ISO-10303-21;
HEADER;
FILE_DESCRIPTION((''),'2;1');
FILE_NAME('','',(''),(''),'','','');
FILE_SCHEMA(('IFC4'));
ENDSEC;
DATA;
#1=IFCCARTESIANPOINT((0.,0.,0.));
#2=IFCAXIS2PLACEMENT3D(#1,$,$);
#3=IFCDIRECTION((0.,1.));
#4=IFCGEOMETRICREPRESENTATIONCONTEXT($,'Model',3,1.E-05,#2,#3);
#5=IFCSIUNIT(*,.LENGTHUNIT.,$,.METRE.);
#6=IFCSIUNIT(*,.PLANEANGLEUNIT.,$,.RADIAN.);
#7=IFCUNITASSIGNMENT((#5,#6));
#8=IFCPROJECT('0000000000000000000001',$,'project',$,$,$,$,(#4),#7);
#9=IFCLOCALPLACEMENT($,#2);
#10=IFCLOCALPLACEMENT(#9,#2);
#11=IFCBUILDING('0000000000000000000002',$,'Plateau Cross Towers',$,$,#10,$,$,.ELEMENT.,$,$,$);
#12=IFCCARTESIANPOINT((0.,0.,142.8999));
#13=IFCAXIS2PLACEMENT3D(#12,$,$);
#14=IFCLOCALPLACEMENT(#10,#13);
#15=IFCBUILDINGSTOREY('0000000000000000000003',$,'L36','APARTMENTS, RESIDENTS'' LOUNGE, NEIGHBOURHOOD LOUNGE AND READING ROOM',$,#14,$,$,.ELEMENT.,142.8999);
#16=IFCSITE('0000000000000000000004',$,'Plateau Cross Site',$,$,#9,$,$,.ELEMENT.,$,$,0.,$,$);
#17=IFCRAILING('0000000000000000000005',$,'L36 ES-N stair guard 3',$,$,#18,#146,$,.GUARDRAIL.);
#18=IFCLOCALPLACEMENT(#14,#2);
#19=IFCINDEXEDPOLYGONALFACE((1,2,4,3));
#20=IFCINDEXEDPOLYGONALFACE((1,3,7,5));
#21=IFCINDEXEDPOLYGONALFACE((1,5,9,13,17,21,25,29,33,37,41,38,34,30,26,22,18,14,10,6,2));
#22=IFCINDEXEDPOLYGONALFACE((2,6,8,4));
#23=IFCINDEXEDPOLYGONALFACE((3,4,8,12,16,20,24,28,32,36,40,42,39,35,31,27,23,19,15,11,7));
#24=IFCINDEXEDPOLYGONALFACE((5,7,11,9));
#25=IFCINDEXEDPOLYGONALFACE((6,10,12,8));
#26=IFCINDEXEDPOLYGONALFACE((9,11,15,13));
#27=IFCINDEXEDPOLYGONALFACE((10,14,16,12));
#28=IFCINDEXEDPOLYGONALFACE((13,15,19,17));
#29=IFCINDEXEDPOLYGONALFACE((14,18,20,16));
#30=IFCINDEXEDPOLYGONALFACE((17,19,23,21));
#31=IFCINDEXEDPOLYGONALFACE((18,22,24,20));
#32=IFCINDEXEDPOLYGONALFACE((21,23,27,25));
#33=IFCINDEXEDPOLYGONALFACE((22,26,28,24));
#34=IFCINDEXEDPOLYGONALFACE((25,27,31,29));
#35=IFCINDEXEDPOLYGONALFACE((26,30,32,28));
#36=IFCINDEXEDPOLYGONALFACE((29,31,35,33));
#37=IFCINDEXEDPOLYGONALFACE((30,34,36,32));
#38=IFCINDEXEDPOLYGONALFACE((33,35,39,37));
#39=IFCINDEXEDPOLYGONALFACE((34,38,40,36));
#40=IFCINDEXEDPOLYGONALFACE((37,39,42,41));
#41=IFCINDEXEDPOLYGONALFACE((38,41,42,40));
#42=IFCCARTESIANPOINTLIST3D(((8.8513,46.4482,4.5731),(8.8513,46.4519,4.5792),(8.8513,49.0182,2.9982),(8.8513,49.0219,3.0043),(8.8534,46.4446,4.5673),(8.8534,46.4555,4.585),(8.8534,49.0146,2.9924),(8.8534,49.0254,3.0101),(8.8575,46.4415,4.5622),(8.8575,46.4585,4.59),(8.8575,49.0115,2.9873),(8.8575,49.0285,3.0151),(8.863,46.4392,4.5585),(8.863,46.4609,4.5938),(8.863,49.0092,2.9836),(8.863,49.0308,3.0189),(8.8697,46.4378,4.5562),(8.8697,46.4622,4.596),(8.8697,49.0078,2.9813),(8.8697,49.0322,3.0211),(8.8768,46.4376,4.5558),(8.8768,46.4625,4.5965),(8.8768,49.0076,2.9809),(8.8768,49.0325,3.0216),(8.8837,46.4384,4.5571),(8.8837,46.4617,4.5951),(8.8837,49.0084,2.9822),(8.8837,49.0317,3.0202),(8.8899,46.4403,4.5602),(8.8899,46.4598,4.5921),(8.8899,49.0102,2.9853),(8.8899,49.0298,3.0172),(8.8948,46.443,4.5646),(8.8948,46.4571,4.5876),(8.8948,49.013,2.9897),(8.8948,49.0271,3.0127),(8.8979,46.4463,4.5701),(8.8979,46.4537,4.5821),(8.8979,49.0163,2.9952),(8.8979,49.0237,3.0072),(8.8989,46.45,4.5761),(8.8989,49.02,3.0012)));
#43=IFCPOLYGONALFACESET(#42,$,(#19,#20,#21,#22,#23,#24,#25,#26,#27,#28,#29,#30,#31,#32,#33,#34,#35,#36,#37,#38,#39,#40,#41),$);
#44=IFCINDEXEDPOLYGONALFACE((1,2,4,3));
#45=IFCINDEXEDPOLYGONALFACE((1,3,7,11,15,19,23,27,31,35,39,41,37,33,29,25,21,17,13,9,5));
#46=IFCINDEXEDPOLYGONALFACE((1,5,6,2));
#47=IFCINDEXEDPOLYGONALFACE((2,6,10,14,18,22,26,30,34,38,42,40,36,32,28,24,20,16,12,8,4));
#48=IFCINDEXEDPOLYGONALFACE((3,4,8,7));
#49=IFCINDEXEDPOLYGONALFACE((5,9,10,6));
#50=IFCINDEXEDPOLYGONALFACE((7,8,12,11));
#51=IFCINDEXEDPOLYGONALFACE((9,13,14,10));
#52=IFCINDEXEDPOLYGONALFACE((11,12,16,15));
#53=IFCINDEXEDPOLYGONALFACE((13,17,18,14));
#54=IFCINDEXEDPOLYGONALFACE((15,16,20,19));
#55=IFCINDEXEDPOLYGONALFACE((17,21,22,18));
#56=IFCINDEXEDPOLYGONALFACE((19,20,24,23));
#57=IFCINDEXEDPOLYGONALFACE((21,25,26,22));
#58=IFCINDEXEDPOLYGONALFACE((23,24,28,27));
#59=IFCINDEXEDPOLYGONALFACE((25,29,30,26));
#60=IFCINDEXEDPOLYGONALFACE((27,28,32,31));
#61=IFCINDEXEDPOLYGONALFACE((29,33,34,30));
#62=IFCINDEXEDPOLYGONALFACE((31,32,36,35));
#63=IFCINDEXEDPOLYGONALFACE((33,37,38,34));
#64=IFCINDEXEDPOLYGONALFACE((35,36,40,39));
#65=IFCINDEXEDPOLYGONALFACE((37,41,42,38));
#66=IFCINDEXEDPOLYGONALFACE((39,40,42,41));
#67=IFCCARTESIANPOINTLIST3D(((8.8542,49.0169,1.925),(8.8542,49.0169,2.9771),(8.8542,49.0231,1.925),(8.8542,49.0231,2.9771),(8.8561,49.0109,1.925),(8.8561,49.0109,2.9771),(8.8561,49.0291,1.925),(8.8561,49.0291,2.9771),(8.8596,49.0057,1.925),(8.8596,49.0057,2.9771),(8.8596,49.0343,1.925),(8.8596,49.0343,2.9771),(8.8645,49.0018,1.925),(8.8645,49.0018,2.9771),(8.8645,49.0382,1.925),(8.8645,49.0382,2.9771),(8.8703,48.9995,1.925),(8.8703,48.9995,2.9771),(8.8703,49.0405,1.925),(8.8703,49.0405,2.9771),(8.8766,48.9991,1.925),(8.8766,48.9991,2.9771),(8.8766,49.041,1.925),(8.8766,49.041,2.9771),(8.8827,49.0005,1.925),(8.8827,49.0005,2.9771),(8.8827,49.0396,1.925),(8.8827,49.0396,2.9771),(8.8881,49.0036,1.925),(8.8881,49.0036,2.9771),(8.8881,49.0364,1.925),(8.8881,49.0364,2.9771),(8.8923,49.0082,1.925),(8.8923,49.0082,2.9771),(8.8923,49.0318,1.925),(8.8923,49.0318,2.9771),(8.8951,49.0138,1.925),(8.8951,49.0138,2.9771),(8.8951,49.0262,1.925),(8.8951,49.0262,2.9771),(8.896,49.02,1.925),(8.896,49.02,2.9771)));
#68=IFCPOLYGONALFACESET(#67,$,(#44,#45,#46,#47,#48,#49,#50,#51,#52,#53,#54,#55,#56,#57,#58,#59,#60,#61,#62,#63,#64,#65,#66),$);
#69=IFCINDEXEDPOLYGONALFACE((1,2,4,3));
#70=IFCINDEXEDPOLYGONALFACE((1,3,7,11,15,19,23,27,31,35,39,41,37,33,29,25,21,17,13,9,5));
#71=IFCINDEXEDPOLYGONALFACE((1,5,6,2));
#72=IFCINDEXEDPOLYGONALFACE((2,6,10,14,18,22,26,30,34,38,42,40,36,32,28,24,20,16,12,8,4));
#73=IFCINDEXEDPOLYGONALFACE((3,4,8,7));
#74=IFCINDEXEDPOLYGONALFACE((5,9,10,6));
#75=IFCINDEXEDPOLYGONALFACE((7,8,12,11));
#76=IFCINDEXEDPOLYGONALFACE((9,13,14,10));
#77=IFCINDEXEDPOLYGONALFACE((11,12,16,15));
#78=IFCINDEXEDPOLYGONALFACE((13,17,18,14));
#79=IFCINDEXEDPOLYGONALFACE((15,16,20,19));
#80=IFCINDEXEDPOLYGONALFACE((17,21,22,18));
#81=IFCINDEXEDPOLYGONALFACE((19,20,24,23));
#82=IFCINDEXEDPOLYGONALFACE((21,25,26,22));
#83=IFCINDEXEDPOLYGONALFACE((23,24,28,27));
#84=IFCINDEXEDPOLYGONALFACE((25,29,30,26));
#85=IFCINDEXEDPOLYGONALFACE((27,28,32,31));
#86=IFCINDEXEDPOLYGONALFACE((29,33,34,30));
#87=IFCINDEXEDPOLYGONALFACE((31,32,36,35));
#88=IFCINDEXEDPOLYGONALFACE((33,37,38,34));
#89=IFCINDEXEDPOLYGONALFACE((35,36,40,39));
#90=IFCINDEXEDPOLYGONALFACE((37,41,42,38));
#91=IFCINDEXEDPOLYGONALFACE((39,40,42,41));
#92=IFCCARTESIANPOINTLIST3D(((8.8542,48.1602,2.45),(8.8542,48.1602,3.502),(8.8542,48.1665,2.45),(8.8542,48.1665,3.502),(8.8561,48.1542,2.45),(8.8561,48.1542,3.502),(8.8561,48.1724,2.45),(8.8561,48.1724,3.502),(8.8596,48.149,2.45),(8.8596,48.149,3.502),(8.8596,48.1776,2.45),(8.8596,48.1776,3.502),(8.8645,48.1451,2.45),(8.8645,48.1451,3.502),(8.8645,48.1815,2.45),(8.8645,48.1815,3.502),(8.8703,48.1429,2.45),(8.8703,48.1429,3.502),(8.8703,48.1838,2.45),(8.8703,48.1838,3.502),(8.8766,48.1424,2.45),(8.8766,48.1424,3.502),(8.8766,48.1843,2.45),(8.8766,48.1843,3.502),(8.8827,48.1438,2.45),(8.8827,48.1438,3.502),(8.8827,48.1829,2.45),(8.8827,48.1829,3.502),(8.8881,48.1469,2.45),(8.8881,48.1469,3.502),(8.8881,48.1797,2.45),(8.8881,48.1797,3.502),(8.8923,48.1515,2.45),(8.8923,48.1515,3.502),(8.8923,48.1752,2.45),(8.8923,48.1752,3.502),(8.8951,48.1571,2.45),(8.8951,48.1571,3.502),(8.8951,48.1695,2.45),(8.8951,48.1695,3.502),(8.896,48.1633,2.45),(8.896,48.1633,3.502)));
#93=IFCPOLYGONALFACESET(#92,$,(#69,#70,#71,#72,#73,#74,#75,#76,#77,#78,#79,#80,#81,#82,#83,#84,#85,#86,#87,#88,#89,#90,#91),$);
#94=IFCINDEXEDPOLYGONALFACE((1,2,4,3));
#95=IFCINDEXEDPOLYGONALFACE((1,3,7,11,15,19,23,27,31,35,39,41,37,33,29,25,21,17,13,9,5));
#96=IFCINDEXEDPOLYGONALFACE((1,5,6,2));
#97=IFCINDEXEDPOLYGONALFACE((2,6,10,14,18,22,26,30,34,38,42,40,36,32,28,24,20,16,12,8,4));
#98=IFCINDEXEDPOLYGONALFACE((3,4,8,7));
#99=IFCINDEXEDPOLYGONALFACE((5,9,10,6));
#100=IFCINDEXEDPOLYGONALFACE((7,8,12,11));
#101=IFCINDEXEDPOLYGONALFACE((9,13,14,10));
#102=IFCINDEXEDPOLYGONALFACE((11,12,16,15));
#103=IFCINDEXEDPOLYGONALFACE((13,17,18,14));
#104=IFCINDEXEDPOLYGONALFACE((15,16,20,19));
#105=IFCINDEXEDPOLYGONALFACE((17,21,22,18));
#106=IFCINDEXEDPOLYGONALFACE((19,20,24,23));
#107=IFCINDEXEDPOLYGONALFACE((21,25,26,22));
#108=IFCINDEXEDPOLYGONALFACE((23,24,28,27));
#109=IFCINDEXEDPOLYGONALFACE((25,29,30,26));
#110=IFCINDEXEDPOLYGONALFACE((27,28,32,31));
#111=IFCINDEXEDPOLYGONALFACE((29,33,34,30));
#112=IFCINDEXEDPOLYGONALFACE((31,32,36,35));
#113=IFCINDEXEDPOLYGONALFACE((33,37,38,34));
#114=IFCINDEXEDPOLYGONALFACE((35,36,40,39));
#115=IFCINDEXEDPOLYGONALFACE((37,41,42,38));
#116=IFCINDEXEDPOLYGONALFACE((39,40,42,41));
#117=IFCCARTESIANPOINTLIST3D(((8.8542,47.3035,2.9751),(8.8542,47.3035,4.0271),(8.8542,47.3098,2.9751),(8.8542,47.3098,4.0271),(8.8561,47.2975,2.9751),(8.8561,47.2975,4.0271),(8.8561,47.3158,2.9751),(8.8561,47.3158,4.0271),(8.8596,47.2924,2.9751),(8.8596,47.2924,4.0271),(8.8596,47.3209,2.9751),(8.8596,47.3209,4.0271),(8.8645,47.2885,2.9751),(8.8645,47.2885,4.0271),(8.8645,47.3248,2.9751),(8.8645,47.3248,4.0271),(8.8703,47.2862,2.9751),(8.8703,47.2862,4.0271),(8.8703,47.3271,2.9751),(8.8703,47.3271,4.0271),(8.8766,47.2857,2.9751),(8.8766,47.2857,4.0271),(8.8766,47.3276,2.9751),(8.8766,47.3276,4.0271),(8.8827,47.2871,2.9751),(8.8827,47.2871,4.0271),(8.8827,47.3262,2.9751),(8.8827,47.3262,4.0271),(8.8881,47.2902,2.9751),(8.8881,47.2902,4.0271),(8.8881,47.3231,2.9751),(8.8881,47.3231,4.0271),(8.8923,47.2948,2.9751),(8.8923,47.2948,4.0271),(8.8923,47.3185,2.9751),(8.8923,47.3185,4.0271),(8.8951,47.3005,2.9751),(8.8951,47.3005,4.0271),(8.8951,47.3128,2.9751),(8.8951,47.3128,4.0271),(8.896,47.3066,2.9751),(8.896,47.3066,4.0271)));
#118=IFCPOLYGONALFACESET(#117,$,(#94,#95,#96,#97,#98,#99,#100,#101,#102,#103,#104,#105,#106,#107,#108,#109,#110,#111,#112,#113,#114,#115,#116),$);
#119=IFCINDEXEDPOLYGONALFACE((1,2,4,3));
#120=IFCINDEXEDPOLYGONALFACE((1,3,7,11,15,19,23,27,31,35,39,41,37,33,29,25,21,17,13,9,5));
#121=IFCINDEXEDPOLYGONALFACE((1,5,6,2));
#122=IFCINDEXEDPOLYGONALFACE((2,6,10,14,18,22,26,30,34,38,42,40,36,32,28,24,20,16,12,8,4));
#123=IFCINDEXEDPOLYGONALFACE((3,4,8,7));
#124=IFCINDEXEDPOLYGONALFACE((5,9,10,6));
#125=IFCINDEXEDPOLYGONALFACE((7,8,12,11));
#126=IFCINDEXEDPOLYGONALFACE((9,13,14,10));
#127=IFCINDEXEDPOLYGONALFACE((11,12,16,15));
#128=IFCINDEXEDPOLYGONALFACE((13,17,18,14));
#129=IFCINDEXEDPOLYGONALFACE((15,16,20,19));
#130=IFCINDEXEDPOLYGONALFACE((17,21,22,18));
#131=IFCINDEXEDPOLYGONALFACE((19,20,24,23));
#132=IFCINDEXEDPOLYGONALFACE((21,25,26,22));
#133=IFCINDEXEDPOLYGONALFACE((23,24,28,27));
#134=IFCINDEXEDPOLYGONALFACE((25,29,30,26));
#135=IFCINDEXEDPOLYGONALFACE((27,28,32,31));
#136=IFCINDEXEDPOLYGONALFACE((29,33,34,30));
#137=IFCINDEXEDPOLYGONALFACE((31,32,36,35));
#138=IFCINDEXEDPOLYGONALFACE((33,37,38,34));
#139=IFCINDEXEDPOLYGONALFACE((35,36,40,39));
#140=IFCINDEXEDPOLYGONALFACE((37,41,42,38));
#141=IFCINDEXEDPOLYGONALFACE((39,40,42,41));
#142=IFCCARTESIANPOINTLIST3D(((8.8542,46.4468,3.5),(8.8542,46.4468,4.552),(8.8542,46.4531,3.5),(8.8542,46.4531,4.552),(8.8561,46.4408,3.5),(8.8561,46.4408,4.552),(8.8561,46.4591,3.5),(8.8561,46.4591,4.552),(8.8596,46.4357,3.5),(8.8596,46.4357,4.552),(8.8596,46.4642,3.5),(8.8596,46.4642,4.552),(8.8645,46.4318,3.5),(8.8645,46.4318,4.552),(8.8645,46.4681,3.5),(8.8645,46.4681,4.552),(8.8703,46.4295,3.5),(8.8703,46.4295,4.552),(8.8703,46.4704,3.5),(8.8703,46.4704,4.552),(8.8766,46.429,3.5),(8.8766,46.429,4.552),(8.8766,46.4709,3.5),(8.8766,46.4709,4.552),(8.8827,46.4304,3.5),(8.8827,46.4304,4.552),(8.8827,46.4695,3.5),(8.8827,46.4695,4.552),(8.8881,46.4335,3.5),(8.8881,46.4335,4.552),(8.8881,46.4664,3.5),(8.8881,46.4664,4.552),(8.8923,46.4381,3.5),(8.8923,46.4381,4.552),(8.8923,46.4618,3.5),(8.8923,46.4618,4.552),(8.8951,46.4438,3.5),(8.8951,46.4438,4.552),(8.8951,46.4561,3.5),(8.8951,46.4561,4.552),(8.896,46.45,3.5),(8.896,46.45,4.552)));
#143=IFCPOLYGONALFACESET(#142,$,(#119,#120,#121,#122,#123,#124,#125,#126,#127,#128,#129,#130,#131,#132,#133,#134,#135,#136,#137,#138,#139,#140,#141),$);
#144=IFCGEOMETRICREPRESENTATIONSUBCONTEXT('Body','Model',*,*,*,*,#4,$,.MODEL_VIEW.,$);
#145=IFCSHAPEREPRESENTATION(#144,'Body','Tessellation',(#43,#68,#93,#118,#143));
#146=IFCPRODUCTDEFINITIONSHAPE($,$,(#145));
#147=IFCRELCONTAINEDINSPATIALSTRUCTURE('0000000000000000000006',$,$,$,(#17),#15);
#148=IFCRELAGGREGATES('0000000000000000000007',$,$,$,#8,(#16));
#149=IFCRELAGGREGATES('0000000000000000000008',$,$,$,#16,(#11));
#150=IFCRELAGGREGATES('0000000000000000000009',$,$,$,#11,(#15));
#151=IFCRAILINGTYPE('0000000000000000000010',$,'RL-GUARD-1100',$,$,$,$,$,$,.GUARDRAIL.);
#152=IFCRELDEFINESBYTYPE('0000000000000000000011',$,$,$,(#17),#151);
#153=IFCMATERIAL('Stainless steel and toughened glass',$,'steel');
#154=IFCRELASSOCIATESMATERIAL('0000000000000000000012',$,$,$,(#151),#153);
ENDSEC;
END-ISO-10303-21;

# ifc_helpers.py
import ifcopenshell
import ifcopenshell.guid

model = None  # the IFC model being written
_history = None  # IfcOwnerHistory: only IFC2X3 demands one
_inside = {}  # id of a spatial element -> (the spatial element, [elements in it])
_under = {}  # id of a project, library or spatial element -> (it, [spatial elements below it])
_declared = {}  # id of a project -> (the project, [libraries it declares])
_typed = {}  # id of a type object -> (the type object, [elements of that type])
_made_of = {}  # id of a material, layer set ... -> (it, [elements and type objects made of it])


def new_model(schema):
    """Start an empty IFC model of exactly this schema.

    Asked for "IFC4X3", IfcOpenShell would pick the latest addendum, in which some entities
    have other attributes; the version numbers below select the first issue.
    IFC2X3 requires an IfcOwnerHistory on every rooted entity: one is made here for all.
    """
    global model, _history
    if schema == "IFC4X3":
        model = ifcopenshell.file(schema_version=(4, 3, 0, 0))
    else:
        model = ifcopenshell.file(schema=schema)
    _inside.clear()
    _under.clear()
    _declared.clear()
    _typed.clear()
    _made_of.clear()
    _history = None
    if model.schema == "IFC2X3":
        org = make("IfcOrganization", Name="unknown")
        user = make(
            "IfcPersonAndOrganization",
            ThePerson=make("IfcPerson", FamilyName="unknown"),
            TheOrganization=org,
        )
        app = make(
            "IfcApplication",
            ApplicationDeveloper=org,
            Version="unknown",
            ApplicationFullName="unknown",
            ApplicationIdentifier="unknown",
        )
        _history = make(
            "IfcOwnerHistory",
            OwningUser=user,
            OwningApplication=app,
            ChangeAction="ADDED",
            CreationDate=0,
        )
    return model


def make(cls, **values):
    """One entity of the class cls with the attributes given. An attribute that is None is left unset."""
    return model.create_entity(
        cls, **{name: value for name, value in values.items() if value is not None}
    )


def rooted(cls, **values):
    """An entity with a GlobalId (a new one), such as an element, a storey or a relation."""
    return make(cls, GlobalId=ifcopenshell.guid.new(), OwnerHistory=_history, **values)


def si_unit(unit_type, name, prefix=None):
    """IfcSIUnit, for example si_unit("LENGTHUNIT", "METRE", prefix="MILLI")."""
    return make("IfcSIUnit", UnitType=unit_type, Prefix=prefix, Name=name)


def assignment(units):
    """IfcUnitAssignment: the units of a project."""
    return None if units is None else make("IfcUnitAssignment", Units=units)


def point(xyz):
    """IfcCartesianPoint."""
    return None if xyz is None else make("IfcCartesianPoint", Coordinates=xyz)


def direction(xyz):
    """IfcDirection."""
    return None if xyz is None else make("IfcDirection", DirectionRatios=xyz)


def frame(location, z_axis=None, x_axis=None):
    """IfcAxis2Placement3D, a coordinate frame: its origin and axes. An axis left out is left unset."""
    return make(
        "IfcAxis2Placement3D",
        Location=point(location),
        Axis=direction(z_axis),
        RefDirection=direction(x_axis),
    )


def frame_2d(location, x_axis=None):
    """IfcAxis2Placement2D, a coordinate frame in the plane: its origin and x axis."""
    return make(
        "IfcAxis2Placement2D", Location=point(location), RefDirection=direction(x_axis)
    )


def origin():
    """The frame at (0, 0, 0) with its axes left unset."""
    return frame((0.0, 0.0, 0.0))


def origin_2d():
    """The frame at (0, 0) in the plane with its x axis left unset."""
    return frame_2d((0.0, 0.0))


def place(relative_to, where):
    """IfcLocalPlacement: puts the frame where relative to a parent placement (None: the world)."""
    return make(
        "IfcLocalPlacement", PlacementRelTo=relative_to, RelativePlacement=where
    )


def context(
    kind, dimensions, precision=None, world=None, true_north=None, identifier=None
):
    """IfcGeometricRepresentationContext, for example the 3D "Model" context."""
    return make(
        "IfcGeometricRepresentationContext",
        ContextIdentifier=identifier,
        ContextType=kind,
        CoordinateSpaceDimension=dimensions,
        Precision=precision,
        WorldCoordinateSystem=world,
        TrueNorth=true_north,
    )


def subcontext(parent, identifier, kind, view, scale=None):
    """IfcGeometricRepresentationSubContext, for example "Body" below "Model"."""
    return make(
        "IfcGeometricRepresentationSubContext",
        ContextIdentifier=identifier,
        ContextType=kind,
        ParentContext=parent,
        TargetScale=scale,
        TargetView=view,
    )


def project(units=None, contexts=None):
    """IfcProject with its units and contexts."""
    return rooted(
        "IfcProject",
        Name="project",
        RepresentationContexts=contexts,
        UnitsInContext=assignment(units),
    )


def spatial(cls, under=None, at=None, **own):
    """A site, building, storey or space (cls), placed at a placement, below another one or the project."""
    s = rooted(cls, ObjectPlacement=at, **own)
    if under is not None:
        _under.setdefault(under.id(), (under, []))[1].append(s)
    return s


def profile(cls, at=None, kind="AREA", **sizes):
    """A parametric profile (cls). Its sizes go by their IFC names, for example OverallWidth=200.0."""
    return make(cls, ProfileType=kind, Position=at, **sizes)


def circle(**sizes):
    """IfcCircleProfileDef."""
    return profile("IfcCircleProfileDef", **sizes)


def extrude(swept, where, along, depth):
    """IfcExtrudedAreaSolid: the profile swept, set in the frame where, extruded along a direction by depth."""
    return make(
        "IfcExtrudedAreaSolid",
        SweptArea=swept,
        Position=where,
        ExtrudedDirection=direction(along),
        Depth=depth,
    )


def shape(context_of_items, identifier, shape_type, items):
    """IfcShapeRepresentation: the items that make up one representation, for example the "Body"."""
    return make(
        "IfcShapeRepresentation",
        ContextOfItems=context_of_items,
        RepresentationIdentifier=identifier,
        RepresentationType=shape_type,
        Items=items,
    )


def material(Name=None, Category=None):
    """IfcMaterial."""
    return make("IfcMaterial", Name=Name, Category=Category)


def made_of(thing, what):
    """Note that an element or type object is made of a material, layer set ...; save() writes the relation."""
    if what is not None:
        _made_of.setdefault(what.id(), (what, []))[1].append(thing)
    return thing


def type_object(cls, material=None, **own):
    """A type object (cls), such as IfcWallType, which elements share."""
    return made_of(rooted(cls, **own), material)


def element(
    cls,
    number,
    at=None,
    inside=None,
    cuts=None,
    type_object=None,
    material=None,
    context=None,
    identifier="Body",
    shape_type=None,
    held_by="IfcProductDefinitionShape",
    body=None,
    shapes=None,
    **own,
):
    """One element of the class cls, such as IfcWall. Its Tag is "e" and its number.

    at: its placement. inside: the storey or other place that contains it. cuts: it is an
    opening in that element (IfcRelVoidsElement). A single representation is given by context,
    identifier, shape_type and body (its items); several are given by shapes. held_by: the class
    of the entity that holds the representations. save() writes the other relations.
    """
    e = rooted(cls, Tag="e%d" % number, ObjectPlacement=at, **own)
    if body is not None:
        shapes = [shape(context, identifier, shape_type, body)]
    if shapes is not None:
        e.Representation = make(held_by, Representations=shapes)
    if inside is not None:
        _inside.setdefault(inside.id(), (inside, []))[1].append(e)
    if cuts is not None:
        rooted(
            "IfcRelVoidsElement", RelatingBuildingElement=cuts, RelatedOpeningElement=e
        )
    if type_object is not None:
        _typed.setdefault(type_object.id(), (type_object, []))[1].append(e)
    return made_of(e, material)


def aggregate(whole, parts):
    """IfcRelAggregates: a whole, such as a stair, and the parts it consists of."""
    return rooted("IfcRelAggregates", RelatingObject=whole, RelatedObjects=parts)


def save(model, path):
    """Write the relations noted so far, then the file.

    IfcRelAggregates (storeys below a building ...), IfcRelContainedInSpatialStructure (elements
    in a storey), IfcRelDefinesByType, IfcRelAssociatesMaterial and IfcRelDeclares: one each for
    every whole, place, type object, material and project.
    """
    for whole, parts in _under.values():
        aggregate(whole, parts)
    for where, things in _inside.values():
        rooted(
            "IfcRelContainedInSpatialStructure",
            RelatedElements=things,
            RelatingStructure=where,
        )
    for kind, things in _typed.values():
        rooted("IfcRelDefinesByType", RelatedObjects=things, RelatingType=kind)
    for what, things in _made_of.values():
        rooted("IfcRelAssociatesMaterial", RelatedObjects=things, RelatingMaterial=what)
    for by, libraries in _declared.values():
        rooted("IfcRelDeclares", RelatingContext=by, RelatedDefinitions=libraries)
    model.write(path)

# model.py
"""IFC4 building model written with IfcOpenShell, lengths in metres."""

from ifc_helpers import new_model, si_unit, direction, frame, origin, origin_2d, place, context, subcontext, project, spatial, circle, extrude, material, type_object, element, save


model = new_model("IFC4")

# Units and contexts
model_context = context("Model", 3, precision=1e-05, world=origin(), true_north=direction((0.0, 1.0)))
body_context = subcontext(model_context, "Body", "Model", "MODEL_VIEW")
ifc_project = project(units=[si_unit("LENGTHUNIT", "METRE"), si_unit("PLANEANGLEUNIT", "RADIAN")], contexts=[model_context])

# Site, building, storey
site_placement = place(None, origin())
site = spatial("IfcSite", under=ifc_project, at=site_placement, Name="Plateau Cross Site", CompositionType="ELEMENT", RefElevation=0.0)
building_placement = place(site_placement, origin())
building = spatial("IfcBuilding", under=site, at=building_placement, Name="Plateau Cross Towers", CompositionType="ELEMENT")
storey_placement = place(building_placement, frame((0.0, 0.0, 142.8999)))
storey = spatial("IfcBuildingStorey", under=building, at=storey_placement, Name="L36", Description="APARTMENTS, RESIDENTS' LOUNGE, NEIGHBOURHOOD LOUNGE AND READING ROOM", CompositionType="ELEMENT", Elevation=142.8999)

# Railing
ifc_material_1 = material(Name="Stainless steel and toughened glass", Category="steel")
railing_type_1 = type_object("IfcRailingType", Name="RL-GUARD-1100", PredefinedType="GUARDRAIL", material=ifc_material_1)
railing_1_placement = place(storey_placement, frame((8.875, 49.02, 1.925)))
element("IfcRailing", 1, at=railing_1_placement, inside=storey, type_object=railing_type_1, Name="L36 ES-N stair guard 3", PredefinedType="GUARDRAIL", context=body_context, shape_type="SweptSolid", body=[
    extrude(circle(Radius=0.0239, at=origin_2d()), frame((0.0, 0.0, 1.0762), z_axis=(0.0, -0.852639, 0.522501), x_axis=(1.0, 0.0, 0.0)), (0.0, 0.0, 1.0), 3.0142),
    extrude(circle(Radius=0.021, at=origin_2d()), origin(), (0.0, 0.0, 1.0), 1.052),
    extrude(circle(Radius=0.021, at=origin_2d()), frame((0.0, -0.8567, 0.5249)), (0.0, 0.0, 1.0), 1.052),
    extrude(circle(Radius=0.021, at=origin_2d()), frame((0.0, -1.7134, 1.05)), (0.0, 0.0, 1.0), 1.052),
    extrude(circle(Radius=0.021, at=origin_2d()), frame((0.0, -2.5701, 1.575)), (0.0, 0.0, 1.0), 1.052),
])

save(model, "model.ifc")
